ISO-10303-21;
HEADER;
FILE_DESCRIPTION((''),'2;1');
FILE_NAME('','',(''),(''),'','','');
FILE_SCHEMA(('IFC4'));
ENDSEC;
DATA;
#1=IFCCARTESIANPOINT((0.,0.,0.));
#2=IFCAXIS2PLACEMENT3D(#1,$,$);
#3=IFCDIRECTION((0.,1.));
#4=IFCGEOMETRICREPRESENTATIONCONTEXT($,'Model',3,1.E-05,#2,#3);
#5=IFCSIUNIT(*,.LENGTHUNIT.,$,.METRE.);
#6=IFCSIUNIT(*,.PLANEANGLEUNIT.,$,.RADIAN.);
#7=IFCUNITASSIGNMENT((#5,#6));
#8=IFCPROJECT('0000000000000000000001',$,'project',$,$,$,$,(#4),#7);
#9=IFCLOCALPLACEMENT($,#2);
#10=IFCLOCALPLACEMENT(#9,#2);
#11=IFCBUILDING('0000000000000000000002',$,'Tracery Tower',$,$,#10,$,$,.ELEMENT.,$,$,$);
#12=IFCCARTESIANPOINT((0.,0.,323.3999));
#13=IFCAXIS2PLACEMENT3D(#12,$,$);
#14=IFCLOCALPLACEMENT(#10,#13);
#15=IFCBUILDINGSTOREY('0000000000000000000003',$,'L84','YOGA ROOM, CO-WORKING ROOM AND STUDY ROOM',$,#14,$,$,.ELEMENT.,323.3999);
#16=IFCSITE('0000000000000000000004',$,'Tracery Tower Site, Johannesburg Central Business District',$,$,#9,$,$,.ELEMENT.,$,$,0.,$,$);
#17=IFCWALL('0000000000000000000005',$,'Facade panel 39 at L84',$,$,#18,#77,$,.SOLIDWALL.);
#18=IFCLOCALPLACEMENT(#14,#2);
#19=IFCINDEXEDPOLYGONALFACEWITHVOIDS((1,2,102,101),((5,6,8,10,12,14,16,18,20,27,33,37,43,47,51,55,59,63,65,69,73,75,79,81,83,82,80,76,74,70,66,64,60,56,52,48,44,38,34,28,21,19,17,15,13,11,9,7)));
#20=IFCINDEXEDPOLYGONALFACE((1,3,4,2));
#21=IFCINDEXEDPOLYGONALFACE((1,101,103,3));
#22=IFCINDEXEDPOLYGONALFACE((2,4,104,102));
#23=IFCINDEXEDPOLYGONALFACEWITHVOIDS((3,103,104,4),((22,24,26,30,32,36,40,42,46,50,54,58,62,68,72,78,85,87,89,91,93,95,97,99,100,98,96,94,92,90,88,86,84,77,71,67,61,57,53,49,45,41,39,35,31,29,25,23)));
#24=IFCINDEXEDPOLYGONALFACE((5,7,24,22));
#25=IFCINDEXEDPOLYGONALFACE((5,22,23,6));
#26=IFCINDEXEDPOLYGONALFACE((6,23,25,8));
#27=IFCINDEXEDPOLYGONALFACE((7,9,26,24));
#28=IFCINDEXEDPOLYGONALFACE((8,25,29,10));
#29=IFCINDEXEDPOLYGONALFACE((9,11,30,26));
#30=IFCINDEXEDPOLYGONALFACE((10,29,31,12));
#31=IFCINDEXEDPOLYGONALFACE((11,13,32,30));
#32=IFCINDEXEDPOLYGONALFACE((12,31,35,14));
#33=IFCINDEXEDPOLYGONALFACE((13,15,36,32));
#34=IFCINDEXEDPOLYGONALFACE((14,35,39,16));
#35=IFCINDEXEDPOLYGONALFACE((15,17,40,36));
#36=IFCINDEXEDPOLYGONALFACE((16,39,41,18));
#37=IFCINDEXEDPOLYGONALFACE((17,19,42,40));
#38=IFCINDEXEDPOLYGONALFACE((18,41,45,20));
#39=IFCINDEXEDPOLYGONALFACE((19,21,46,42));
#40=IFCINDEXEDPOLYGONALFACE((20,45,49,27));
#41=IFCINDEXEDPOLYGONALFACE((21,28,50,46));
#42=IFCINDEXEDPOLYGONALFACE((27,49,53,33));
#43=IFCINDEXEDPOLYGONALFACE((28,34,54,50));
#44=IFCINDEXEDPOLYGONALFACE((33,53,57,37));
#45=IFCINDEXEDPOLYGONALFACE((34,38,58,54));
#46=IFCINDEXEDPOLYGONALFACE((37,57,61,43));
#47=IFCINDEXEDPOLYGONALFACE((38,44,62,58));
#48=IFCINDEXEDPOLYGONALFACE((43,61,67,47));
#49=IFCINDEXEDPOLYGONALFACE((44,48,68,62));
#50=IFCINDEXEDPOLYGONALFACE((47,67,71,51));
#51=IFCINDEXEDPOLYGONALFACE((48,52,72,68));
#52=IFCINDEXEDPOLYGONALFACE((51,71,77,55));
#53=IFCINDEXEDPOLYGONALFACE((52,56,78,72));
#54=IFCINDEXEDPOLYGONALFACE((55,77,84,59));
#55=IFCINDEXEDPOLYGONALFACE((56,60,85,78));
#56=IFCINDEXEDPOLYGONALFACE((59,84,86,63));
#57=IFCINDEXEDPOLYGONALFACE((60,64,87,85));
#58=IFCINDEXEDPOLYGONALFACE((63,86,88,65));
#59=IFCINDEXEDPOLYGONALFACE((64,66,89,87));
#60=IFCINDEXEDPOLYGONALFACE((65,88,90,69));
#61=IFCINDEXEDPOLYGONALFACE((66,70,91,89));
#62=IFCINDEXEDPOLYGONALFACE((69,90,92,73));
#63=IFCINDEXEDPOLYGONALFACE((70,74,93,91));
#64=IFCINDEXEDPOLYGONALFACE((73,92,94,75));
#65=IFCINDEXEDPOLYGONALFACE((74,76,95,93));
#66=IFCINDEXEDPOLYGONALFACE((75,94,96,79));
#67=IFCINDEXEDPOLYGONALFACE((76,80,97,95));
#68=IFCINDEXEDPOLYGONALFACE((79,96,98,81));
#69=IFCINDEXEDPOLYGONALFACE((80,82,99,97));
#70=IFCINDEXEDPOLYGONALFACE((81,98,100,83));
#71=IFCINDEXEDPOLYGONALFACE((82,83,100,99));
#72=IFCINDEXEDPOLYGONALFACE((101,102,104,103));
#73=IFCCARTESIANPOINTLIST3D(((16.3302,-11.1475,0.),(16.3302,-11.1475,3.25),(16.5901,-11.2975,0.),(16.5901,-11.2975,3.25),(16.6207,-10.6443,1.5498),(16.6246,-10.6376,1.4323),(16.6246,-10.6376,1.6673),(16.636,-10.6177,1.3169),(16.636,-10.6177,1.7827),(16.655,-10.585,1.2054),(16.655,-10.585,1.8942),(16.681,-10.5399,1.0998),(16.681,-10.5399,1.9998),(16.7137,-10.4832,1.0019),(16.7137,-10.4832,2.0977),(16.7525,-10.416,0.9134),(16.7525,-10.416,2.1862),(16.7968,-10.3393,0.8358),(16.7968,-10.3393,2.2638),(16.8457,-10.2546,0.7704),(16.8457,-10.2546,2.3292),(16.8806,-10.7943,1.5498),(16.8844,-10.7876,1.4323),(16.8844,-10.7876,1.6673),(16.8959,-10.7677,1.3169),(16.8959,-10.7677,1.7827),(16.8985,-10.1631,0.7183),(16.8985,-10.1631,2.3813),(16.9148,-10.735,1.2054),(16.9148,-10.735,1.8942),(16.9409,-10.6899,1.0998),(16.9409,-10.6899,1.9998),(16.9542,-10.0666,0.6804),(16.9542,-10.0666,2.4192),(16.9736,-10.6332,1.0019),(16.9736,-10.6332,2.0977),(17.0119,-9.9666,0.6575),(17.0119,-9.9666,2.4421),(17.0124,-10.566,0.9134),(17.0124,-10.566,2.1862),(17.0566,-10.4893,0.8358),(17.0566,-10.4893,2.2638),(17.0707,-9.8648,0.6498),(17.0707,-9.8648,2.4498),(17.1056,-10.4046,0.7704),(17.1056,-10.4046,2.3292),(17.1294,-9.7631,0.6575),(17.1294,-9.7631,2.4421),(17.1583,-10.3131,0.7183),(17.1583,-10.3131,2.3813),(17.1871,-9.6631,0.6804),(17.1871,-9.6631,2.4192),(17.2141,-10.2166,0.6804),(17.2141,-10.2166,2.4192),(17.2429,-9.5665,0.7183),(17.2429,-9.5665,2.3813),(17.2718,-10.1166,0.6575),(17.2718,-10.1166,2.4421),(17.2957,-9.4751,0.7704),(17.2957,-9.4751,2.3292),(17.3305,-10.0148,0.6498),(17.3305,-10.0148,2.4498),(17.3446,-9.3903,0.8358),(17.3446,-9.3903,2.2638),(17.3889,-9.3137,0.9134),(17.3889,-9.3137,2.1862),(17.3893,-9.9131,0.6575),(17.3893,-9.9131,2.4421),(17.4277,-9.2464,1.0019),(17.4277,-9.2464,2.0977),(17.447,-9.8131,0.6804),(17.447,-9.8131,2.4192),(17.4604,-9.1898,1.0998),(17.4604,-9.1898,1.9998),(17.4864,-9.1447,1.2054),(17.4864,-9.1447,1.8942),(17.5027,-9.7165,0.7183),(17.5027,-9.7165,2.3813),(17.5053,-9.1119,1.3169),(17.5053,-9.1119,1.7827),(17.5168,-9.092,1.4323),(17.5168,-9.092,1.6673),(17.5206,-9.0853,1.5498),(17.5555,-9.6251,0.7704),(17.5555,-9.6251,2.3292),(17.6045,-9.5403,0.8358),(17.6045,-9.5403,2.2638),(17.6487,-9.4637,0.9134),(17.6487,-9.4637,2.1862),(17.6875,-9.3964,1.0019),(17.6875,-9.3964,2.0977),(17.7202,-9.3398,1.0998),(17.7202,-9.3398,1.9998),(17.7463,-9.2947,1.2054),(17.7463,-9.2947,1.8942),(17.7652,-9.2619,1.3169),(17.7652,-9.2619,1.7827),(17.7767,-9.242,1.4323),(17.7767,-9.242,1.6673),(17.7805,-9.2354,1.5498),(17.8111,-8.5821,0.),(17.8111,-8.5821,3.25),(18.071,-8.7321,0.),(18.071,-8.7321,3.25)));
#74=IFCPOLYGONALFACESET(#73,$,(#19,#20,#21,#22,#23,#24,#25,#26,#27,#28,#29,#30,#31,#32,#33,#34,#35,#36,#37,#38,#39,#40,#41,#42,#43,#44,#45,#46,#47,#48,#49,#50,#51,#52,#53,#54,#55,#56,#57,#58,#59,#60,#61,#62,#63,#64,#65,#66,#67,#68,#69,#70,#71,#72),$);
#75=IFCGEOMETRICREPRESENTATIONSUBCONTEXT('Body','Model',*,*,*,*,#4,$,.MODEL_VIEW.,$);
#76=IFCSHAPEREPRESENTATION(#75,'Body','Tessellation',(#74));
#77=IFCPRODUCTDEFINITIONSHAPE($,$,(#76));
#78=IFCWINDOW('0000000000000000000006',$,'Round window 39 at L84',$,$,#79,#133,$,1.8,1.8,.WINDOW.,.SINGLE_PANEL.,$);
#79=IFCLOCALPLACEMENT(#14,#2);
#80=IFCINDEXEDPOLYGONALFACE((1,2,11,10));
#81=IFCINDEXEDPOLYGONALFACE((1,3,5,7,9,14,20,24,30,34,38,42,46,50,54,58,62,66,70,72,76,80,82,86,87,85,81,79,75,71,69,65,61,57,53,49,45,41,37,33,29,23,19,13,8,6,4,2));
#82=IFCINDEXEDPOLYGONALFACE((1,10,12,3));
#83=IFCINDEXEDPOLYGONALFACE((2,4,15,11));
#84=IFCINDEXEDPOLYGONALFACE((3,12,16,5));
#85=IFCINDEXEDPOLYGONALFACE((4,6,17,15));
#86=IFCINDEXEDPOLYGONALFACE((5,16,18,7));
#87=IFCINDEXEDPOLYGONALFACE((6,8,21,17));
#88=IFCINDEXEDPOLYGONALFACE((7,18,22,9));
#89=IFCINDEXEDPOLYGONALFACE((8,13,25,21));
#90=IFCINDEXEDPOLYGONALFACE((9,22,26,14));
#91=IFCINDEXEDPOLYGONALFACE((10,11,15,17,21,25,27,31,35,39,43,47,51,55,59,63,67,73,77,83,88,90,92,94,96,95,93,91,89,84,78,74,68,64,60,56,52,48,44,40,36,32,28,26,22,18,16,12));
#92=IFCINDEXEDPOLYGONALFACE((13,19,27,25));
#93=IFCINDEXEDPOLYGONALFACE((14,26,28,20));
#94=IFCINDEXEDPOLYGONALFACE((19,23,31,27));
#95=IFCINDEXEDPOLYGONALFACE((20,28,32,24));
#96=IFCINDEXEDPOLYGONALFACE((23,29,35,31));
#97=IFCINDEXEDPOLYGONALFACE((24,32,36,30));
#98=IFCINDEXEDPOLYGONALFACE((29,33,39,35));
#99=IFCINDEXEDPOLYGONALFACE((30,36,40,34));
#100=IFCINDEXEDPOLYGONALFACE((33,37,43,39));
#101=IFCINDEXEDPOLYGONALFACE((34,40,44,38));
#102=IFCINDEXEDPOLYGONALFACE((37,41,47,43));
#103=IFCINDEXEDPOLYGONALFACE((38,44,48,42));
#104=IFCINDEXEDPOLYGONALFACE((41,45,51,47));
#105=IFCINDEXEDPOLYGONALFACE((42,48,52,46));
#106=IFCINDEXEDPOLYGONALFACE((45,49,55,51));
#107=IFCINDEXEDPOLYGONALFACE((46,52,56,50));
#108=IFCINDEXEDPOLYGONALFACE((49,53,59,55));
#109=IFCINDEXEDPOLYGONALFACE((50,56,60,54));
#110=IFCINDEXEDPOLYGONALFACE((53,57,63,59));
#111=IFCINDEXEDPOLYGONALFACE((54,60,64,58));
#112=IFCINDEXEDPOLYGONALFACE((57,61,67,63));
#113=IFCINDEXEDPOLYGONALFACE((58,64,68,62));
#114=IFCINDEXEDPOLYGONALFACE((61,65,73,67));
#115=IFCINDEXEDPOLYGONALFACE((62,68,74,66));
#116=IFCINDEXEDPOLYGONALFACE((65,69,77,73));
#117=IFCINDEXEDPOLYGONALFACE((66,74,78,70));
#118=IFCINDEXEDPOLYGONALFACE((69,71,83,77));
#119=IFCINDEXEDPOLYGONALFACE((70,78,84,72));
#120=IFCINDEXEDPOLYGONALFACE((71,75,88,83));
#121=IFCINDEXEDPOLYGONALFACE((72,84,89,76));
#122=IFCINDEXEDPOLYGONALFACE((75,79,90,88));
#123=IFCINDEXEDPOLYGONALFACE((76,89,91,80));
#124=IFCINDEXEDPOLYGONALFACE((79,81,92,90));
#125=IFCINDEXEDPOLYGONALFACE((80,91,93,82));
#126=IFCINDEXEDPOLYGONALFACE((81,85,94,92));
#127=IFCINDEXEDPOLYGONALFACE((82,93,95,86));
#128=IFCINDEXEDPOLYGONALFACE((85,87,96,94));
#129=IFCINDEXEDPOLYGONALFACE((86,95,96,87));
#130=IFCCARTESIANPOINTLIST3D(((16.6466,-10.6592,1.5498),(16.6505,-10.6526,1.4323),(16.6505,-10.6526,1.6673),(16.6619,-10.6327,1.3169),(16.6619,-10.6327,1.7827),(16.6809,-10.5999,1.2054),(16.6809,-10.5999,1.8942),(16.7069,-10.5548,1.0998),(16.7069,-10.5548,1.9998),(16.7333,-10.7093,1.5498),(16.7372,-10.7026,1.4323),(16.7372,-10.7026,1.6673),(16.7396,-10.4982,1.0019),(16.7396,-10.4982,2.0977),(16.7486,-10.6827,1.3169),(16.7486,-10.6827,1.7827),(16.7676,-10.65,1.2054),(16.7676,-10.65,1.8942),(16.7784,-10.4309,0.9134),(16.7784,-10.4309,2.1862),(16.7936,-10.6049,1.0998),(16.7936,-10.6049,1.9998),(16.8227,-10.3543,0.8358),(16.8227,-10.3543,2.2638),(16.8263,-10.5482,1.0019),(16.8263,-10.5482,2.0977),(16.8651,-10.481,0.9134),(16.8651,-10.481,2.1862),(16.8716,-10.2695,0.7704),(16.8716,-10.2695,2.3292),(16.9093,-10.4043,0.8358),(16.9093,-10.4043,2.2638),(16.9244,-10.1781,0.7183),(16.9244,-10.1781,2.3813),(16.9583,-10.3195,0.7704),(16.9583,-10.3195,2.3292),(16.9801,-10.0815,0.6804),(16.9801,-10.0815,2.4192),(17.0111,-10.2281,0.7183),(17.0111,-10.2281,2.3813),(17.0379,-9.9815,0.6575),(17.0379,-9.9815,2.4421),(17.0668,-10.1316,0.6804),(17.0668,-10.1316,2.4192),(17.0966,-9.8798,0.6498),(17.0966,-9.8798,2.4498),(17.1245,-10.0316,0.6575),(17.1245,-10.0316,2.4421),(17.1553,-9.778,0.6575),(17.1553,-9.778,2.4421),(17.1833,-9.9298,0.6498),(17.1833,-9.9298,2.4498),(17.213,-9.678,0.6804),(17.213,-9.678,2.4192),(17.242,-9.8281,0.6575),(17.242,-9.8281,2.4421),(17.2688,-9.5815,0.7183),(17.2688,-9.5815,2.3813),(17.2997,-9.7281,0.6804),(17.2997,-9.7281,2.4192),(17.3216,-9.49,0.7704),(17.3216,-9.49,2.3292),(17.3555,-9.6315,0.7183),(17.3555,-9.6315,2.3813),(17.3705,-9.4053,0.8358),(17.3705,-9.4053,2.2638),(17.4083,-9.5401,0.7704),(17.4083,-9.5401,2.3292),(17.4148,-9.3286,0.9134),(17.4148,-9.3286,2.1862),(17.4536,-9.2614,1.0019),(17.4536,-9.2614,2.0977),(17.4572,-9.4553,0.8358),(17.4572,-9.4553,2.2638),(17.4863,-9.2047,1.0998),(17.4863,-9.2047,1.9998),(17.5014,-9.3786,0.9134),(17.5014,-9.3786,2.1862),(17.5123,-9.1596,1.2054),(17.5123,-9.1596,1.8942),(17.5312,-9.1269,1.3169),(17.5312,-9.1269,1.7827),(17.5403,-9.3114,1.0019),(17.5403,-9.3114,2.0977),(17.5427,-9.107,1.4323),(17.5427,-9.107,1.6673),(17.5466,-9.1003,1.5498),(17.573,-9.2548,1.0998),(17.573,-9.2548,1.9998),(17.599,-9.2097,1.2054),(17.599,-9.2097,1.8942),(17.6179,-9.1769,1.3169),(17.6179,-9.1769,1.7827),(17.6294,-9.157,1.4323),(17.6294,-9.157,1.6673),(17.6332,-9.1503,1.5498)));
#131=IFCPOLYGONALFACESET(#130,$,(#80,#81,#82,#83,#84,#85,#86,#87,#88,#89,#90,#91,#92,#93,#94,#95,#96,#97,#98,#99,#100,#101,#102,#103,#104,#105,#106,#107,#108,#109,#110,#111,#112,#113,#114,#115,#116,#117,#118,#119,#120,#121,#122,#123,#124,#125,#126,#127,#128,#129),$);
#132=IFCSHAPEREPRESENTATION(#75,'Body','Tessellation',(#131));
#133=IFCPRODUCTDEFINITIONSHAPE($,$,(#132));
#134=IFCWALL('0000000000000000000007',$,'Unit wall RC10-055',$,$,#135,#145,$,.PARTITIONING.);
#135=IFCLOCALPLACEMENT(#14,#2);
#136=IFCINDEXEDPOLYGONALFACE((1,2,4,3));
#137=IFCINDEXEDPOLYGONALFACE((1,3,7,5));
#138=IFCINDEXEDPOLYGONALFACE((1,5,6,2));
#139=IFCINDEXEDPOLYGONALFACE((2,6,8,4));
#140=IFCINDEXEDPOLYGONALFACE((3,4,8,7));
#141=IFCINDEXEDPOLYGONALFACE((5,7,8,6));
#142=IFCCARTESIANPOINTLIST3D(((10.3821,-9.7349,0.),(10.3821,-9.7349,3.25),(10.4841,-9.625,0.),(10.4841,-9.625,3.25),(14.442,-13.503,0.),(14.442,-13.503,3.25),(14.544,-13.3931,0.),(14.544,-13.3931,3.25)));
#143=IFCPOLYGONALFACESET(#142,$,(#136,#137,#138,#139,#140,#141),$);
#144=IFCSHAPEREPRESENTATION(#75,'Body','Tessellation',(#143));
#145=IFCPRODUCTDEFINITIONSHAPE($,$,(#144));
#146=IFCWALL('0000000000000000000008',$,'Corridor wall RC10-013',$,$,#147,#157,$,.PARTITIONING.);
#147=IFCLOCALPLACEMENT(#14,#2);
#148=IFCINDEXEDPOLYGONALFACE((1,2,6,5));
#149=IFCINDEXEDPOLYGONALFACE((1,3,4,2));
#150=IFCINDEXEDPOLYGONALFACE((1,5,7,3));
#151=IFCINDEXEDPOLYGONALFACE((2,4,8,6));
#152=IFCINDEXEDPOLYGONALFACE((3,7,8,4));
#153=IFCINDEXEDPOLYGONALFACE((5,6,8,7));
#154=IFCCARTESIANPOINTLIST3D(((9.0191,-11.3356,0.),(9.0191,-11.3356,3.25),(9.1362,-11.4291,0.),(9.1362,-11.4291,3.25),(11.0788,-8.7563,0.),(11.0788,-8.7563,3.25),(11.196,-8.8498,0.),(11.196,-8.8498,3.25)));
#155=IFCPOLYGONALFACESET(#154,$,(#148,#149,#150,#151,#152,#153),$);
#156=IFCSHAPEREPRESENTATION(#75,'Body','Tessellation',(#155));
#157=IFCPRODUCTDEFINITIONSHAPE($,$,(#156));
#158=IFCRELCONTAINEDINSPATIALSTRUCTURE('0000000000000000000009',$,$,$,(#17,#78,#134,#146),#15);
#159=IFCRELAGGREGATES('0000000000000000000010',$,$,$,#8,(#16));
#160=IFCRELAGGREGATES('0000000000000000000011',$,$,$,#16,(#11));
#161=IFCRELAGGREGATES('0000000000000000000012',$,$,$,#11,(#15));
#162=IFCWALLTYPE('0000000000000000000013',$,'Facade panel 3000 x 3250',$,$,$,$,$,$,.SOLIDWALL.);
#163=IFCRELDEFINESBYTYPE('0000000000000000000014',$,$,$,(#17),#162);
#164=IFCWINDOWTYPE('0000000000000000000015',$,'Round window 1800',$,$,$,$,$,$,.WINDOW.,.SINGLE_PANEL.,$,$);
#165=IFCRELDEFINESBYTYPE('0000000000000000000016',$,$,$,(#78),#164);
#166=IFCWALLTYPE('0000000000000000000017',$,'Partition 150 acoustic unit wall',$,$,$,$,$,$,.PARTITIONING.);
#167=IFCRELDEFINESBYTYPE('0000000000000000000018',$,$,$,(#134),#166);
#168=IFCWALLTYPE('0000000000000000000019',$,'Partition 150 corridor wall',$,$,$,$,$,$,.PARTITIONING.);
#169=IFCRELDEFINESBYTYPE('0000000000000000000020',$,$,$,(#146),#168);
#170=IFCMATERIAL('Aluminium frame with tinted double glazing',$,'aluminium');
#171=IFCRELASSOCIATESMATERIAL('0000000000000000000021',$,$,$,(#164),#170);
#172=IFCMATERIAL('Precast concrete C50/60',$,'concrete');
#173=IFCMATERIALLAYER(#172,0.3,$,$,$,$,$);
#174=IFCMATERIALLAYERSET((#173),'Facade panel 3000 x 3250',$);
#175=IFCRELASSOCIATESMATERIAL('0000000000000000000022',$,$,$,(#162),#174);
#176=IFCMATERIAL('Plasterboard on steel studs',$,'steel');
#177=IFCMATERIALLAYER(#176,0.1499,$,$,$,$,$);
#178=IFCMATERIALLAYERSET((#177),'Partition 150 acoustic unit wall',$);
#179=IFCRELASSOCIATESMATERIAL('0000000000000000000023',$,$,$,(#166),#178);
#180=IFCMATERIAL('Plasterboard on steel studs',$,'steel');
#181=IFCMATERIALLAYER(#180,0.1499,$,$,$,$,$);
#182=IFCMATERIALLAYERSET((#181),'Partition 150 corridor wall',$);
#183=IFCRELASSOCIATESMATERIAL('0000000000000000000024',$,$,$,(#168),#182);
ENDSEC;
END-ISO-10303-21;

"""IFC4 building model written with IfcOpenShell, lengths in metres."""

from ifc_helpers import new_model, si_unit, direction, frame, frame_2d, origin, origin_2d, place, context, subcontext, project, spatial, rectangle, circle, extrude, material, layer, layer_set, type_object, element, fill, save


model = new_model("IFC4")

# Units and contexts
model_context = context("Model", 3, precision=1e-05, world=origin(), true_north=direction((0.0, 1.0)))
body_context = subcontext(model_context, "Body", "Model", "MODEL_VIEW")
ifc_project = project(units=[si_unit("LENGTHUNIT", "METRE"), si_unit("PLANEANGLEUNIT", "RADIAN")], contexts=[model_context])

# Site, building, storey
site_placement = place(None, origin())
site = spatial("IfcSite", under=ifc_project, at=site_placement, Name="Tracery Tower Site, Johannesburg Central Business District", CompositionType="ELEMENT", RefElevation=0.0)
building_placement = place(site_placement, origin())
building = spatial("IfcBuilding", under=site, at=building_placement, Name="Tracery Tower", CompositionType="ELEMENT")
storey_placement = place(building_placement, frame((0.0, 0.0, 323.3999)))
storey = spatial("IfcBuildingStorey", under=building, at=storey_placement, Name="L84", Description="YOGA ROOM, CO-WORKING ROOM AND STUDY ROOM", CompositionType="ELEMENT", Elevation=323.3999)

# Wall, opening, window
ifc_material_1 = material(Name="Aluminium frame with tinted double glazing", Category="aluminium")
window_type = type_object("IfcWindowType", Name="Round window 1800", PartitioningType="SINGLE_PANEL", PredefinedType="WINDOW", material=ifc_material_1)
ifc_material_2 = material(Name="Precast concrete C50/60", Category="concrete")
ifc_layer_1 = layer(ifc_material_2, 0.3)
ifc_layer_set_1 = layer_set([ifc_layer_1], Name="Facade panel 3000 x 3250")
wall_type_1 = type_object("IfcWallType", Name="Facade panel 3000 x 3250", PredefinedType="SOLIDWALL", material=ifc_layer_set_1)
wall_1_placement = place(storey_placement, frame((16.4602, -11.2224, 0.0), z_axis=(0.0, 0.0, 1.0), x_axis=(0.499951, 0.866054, 0.0)))
wall_1 = element("IfcWall", 1, at=wall_1_placement, inside=storey, type_object=wall_type_1, Name="Facade panel 39 at L84", PredefinedType="SOLIDWALL", context=body_context, shape_type="SweptSolid", body=[
    extrude(rectangle(XDim=2.9622, YDim=0.3, at=frame_2d((1.481, 0.0))), origin(), (0.0, 0.0, 1.0), 3.25),
])
opening_1_placement = place(wall_1_placement, frame((1.481, 0.0, 1.5498)))
opening_1 = element("IfcOpeningElement", 2, at=opening_1_placement, cuts=wall_1, PredefinedType="OPENING", context=body_context, shape_type="SweptSolid", body=[
    extrude(circle(Radius=0.9, at=origin_2d()), frame((0.0, 0.1599, 0.0), z_axis=(0.0, -1.0, 0.0), x_axis=(1.0, 0.0, 0.0)), (0.0, 0.0, 1.0), 0.3201),
])
window_1_placement = place(opening_1_placement, origin())
window_1 = element("IfcWindow", 3, at=window_1_placement, inside=storey, type_object=window_type, Name="Round window 39 at L84", OverallHeight=1.8, OverallWidth=1.8, PartitioningType="SINGLE_PANEL", PredefinedType="WINDOW", context=body_context, shape_type="SweptSolid", body=[
    extrude(circle(Radius=0.9, at=origin_2d()), frame((0.0, 0.1201, 0.0), z_axis=(0.0, -1.0, 0.0), x_axis=(1.0, 0.0, 0.0)), (0.0, 0.0, 1.0), 0.1001),
])
fill(opening_1, window_1)

# Walls
ifc_material_3 = material(Name="Plasterboard on steel studs", Category="steel")
ifc_layer_2 = layer(ifc_material_3, 0.1499)
ifc_layer_set_2 = layer_set([ifc_layer_2], Name="Partition 150 acoustic unit wall")
wall_type_2 = type_object("IfcWallType", Name="Partition 150 acoustic unit wall", PredefinedType="PARTITIONING", material=ifc_layer_set_2)
wall_2_placement = place(storey_placement, frame((10.4331, -9.6799, 0.0), z_axis=(0.0, 0.0, 1.0), x_axis=(0.732952, -0.68028, 0.0)))
element("IfcWall", 4, at=wall_2_placement, inside=storey, type_object=wall_type_2, Name="Unit wall RC10-055", PredefinedType="PARTITIONING", context=body_context, shape_type="SweptSolid", body=[
    extrude(rectangle(XDim=5.5391, YDim=0.1499, at=frame_2d((2.7695, 0.0))), origin(), (0.0, 0.0, 1.0), 3.25),
])
ifc_material_4 = material(Name="Plasterboard on steel studs", Category="steel")
ifc_layer_3 = layer(ifc_material_4, 0.1499)
ifc_layer_set_3 = layer_set([ifc_layer_3], Name="Partition 150 corridor wall")
wall_type_3 = type_object("IfcWallType", Name="Partition 150 corridor wall", PredefinedType="PARTITIONING", material=ifc_layer_set_3)
wall_3_placement = place(storey_placement, frame((9.0776, -11.3823, 0.0), z_axis=(0.0, 0.0, 1.0), x_axis=(0.624018, 0.78141, 0.0)))
element("IfcWall", 5, at=wall_3_placement, inside=storey, type_object=wall_type_3, Name="Corridor wall RC10-013", PredefinedType="PARTITIONING", context=body_context, shape_type="SweptSolid", body=[
    extrude(rectangle(XDim=3.3008, YDim=0.1499, at=frame_2d((1.6504, 0.0))), origin(), (0.0, 0.0, 1.0), 3.25),
])

save(model, "model.ifc")
